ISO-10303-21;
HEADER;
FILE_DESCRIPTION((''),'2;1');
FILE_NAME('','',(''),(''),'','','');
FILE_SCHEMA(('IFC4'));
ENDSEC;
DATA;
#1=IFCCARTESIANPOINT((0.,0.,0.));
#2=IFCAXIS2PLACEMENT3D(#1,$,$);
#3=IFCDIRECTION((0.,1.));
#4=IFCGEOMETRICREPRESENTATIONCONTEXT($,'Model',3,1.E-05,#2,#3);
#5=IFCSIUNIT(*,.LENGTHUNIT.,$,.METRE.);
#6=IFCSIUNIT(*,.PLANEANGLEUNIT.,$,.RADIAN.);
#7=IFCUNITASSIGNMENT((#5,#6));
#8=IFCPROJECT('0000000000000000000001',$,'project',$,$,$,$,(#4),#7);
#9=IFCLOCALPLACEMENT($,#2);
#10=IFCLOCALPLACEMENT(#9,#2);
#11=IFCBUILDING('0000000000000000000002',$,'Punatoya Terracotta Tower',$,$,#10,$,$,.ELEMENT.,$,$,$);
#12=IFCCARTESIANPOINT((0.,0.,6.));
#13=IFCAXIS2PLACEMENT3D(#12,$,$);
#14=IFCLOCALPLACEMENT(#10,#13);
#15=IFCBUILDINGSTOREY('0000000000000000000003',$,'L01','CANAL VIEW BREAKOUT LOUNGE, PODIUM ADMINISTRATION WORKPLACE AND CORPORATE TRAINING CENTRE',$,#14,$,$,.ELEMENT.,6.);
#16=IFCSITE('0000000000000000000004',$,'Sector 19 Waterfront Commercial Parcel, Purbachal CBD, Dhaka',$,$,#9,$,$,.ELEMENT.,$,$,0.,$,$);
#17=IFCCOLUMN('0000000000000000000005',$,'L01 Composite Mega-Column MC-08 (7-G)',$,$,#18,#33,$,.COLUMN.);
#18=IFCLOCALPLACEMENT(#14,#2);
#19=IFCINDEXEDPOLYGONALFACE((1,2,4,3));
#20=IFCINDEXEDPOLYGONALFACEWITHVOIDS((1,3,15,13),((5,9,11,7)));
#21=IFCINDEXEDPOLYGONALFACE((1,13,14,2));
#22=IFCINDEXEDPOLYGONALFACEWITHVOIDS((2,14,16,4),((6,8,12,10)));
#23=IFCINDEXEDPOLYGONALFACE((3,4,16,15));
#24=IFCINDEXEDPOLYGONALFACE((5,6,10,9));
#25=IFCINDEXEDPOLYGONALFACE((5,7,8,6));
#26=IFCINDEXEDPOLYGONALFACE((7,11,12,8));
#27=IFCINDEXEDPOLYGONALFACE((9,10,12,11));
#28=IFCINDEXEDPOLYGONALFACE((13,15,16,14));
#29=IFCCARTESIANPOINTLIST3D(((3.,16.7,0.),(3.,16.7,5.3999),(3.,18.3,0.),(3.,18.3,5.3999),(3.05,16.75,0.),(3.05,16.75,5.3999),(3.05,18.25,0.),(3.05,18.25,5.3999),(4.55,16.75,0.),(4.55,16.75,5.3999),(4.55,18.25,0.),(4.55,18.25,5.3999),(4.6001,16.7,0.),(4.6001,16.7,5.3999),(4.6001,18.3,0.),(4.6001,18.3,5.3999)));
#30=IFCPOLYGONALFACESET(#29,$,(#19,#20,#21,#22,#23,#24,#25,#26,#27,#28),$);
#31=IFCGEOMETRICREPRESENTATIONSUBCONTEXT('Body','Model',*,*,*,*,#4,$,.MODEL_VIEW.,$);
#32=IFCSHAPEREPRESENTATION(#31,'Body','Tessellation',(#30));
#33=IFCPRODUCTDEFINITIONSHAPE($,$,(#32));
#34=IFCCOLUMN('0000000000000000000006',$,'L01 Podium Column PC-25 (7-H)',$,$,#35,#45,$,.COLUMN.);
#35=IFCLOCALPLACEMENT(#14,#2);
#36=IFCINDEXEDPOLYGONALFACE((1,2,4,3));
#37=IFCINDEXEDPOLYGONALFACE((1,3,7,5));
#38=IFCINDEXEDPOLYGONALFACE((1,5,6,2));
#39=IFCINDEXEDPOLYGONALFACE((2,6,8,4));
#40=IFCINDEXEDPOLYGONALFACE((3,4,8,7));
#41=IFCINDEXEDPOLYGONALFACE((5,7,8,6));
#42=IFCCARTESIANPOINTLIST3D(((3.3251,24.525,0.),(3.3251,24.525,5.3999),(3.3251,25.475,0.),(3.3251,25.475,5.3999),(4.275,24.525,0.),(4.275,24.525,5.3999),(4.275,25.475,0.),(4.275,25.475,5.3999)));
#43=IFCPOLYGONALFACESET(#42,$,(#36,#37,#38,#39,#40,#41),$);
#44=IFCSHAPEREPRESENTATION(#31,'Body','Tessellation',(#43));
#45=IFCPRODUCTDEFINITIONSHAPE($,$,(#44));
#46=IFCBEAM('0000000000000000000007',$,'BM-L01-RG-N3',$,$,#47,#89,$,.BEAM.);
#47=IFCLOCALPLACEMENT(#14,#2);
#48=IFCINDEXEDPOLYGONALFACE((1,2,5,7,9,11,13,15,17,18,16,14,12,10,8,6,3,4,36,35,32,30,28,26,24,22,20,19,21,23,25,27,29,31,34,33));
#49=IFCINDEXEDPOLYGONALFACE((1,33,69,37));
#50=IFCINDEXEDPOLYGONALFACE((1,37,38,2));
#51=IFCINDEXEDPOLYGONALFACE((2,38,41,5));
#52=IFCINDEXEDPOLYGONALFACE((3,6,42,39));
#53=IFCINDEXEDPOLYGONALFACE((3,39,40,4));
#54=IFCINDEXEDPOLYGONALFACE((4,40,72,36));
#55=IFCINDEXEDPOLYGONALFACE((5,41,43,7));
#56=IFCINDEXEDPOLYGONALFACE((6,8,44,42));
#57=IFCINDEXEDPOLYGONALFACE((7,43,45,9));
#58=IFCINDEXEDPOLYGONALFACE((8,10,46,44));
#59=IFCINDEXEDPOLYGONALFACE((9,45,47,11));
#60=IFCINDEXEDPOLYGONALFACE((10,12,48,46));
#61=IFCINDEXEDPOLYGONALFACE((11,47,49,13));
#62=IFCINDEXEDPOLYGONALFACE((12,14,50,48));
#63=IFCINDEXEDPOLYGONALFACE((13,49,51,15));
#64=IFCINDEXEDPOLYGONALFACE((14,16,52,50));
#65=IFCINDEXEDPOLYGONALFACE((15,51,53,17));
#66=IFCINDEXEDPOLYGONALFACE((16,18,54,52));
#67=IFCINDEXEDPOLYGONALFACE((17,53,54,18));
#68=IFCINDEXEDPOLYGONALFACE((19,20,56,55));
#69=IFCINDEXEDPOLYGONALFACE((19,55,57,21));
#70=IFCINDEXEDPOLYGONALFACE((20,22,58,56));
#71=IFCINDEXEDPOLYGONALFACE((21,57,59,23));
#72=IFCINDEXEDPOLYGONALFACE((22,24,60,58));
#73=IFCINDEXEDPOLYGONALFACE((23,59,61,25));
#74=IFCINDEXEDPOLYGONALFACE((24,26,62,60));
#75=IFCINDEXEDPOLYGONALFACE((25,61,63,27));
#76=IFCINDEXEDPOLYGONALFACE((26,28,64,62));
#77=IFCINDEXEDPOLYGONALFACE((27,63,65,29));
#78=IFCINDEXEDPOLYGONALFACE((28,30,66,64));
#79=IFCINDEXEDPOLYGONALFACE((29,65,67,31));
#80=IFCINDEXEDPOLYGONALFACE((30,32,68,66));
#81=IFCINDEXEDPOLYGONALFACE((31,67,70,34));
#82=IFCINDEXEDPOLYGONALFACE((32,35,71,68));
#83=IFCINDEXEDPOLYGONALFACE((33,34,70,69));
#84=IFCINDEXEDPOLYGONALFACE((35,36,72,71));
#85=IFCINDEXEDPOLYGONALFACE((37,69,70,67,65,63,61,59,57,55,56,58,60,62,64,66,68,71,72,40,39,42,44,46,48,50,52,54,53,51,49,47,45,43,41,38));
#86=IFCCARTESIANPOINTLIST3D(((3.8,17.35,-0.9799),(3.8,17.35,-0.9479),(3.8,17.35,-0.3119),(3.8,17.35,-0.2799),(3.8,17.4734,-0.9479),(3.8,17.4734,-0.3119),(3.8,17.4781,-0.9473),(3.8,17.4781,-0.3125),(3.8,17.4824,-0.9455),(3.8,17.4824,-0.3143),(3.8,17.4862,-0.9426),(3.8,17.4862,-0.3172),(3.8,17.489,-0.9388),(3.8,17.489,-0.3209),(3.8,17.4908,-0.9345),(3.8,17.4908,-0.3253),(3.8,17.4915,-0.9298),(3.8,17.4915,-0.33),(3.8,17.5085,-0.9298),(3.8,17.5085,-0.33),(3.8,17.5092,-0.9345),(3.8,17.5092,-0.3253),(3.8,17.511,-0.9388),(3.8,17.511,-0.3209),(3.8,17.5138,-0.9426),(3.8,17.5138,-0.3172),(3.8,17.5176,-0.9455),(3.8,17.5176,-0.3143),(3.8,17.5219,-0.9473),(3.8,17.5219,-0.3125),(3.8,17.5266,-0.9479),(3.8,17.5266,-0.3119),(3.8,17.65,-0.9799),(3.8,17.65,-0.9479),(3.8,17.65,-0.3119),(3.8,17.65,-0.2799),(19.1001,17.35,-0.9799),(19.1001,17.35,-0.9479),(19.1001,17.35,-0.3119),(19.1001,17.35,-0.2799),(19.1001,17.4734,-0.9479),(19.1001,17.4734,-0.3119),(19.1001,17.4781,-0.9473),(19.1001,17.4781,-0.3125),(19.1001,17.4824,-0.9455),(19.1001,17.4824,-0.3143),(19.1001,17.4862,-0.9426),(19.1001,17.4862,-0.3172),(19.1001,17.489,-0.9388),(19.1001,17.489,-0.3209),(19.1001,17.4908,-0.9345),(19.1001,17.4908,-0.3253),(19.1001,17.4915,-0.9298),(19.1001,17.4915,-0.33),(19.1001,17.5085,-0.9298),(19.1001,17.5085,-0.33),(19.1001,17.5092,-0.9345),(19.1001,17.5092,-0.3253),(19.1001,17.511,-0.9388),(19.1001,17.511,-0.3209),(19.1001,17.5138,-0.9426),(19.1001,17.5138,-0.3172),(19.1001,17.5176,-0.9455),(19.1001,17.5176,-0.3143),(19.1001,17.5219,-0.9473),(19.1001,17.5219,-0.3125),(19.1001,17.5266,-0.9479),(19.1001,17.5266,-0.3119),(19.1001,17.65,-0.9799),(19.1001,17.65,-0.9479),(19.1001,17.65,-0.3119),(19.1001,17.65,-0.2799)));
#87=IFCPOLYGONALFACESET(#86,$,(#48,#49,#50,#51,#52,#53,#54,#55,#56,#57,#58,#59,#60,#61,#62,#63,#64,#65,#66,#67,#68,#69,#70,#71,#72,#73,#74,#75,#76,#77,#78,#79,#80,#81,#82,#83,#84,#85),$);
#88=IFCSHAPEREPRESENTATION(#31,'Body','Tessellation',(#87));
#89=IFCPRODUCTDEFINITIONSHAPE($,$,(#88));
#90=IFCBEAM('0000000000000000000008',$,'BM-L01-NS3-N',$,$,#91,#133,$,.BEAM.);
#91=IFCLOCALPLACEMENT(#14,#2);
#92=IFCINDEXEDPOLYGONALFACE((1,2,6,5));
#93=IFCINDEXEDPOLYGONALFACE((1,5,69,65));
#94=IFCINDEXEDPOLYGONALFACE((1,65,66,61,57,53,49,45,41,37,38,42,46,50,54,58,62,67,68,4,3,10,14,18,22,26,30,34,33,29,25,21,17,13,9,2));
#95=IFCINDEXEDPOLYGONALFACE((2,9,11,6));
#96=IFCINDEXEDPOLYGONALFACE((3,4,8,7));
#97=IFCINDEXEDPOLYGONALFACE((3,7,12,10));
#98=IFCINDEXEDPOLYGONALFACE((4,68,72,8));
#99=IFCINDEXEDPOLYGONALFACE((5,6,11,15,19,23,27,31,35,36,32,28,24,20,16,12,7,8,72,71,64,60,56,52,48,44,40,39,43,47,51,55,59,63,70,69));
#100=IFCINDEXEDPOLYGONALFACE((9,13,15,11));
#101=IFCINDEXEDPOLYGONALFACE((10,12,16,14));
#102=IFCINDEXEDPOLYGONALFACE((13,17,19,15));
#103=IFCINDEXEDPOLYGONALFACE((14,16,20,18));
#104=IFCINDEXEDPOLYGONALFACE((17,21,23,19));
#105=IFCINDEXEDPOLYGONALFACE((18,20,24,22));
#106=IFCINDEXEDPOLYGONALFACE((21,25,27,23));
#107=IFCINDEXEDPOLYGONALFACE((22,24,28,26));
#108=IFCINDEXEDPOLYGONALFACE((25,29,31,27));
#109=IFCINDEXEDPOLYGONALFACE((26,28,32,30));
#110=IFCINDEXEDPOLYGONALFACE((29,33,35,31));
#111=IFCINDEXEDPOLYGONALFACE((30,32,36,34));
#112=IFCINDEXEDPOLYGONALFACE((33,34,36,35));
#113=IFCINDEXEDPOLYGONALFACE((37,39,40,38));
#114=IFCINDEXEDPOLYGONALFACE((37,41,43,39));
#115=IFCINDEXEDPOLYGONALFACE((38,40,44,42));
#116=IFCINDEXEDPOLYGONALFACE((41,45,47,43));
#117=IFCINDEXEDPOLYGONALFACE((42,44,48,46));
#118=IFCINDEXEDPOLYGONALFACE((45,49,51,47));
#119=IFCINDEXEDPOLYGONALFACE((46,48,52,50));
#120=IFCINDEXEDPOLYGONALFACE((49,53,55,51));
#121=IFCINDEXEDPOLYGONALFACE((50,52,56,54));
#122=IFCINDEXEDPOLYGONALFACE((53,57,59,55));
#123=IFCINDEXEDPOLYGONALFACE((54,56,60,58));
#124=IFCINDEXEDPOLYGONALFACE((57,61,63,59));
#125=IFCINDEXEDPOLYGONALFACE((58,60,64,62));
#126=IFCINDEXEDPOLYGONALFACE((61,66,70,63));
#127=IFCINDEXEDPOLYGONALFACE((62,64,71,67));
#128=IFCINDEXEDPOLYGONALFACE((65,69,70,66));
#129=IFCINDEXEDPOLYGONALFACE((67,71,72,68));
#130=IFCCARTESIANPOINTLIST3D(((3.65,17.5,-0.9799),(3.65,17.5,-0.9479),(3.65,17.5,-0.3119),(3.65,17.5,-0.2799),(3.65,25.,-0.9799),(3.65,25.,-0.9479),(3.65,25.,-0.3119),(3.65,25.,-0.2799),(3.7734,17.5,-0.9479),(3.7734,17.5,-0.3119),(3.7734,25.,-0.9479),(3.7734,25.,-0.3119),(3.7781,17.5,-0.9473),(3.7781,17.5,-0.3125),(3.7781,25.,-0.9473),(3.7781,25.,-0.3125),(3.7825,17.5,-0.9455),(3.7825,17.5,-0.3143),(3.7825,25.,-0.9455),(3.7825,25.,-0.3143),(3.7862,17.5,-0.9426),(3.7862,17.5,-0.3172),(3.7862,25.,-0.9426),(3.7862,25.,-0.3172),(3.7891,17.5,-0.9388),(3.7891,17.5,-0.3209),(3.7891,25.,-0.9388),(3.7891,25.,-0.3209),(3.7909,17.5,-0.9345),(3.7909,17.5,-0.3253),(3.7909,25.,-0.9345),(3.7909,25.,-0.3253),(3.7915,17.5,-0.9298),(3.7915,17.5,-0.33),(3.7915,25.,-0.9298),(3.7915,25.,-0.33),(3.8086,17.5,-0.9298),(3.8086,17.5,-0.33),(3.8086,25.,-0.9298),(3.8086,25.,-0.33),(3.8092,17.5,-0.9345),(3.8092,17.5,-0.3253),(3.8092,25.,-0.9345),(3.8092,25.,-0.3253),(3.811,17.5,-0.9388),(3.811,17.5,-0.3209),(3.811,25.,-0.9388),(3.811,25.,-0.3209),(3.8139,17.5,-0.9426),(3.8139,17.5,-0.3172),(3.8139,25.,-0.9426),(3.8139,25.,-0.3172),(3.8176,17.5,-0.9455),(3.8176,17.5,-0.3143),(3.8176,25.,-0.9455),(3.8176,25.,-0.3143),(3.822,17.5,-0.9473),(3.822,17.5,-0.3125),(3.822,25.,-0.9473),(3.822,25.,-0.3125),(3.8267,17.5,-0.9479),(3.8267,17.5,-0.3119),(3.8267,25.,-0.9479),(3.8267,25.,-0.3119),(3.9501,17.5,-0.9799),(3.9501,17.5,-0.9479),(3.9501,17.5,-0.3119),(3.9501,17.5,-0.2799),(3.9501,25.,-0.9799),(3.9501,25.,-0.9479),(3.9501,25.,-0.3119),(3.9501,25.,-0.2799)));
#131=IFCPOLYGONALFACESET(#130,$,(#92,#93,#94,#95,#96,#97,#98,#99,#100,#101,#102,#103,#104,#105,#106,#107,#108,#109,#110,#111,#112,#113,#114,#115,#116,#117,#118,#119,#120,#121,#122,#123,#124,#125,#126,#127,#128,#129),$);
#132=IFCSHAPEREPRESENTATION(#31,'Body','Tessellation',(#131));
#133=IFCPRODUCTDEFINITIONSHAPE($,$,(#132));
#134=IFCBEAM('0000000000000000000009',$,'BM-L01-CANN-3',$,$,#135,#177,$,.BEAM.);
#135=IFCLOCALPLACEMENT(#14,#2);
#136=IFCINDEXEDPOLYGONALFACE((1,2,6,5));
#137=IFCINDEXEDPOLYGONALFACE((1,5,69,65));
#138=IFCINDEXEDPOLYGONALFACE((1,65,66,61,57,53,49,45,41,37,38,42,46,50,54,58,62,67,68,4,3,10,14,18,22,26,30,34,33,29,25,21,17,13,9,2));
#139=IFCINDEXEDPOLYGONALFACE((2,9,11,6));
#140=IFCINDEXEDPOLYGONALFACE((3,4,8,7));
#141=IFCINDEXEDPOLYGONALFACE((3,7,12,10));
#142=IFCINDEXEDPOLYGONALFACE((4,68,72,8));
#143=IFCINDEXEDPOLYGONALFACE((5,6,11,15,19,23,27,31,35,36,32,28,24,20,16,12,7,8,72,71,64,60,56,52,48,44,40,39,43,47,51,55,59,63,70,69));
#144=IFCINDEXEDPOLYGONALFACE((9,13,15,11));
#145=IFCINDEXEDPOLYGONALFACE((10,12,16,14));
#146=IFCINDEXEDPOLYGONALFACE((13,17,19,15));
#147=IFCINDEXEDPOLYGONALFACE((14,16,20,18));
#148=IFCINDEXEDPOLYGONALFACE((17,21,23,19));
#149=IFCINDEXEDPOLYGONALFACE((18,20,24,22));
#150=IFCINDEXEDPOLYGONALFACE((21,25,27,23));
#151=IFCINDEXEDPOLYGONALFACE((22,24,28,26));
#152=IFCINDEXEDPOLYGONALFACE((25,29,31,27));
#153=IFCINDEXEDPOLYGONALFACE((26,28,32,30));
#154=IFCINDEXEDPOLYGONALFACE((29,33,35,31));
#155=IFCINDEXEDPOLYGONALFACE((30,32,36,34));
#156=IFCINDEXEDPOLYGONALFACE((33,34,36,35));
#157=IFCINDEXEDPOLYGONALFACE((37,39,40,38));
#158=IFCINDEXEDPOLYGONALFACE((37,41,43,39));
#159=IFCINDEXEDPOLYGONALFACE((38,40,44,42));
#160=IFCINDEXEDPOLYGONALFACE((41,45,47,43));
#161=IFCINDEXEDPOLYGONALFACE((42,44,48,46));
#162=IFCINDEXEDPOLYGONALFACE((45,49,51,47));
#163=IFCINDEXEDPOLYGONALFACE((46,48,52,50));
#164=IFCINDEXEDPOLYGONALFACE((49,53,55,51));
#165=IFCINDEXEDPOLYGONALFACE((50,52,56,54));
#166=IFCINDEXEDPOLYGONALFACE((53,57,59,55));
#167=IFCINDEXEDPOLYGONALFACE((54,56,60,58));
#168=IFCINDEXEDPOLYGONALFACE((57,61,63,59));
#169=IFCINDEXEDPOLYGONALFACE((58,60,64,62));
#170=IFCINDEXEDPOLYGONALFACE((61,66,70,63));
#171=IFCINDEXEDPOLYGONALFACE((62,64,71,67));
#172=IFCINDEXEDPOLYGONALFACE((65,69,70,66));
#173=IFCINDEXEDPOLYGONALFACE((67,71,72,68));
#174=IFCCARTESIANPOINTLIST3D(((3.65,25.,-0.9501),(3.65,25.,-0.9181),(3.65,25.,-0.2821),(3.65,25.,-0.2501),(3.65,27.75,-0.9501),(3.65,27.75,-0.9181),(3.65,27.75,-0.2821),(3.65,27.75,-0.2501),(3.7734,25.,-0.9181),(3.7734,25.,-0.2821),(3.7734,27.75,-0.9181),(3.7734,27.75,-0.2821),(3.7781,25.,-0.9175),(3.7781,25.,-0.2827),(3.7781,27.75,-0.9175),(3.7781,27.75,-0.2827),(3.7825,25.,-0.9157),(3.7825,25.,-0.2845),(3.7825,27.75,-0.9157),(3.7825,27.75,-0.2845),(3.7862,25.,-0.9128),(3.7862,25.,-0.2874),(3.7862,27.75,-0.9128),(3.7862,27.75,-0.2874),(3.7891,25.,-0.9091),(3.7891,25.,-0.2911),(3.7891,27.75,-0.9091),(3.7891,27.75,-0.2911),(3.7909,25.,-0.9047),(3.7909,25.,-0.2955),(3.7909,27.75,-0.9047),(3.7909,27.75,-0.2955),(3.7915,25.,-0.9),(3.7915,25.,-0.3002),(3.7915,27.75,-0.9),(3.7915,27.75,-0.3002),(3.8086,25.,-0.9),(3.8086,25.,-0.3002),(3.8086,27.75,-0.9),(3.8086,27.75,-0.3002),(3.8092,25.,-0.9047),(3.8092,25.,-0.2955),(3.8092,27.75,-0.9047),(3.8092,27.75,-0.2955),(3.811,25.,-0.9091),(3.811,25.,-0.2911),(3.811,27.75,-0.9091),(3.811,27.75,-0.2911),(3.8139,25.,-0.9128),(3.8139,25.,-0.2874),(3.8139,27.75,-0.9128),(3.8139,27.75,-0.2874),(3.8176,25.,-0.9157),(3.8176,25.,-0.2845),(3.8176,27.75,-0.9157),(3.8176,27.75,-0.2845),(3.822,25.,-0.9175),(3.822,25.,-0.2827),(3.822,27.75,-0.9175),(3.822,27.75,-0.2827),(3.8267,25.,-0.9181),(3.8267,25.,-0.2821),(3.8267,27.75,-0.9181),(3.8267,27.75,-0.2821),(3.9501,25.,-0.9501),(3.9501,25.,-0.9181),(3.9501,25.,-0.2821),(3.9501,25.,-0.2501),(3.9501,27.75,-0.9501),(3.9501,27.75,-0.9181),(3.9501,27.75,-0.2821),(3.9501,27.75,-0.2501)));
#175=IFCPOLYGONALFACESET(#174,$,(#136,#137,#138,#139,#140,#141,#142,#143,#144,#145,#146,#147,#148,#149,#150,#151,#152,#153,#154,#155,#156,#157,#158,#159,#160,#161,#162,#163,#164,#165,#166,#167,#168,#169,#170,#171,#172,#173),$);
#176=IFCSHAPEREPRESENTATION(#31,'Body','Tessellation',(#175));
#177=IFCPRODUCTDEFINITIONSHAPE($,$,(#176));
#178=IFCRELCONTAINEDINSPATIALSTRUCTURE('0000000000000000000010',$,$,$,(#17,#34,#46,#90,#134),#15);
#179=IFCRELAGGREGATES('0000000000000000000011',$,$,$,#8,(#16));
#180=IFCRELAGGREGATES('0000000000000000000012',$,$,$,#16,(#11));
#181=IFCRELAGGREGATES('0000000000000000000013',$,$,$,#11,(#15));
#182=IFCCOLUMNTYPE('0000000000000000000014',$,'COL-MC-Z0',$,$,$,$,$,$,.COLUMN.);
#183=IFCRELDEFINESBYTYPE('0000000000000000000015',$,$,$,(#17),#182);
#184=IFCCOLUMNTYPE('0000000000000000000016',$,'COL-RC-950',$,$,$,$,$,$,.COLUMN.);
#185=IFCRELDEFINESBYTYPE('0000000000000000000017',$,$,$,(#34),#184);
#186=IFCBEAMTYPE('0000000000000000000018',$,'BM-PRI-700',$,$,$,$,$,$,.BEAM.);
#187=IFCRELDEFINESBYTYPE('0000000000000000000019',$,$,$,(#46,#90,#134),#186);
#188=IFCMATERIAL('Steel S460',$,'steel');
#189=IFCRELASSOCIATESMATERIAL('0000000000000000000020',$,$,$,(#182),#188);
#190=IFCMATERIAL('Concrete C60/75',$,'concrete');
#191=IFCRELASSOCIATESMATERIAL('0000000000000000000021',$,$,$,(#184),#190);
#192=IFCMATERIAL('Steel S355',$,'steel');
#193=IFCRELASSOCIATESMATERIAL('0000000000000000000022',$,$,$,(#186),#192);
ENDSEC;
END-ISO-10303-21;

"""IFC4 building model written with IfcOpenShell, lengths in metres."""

from ifc_helpers import new_model, si_unit, direction, frame, origin, origin_2d, place, context, subcontext, project, spatial, rectangle, hollow_rectangle, i_section, extrude, material, material_profile, profile_set, type_object, element, save


model = new_model("IFC4")

# Units and contexts
model_context = context("Model", 3, precision=1e-05, world=origin(), true_north=direction((0.0, 1.0)))
body_context = subcontext(model_context, "Body", "Model", "MODEL_VIEW")
ifc_project = project(units=[si_unit("LENGTHUNIT", "METRE"), si_unit("PLANEANGLEUNIT", "RADIAN")], contexts=[model_context])

# Site, building, storey
site_placement = place(None, origin())
site = spatial("IfcSite", under=ifc_project, at=site_placement, Name="Sector 19 Waterfront Commercial Parcel, Purbachal CBD, Dhaka", CompositionType="ELEMENT", RefElevation=0.0)
building_placement = place(site_placement, origin())
building = spatial("IfcBuilding", under=site, at=building_placement, Name="Punatoya Terracotta Tower", CompositionType="ELEMENT")
storey_placement = place(building_placement, frame((0.0, 0.0, 6.0)))
storey = spatial("IfcBuildingStorey", under=building, at=storey_placement, Name="L01", Description="CANAL VIEW BREAKOUT LOUNGE, PODIUM ADMINISTRATION WORKPLACE AND CORPORATE TRAINING CENTRE", CompositionType="ELEMENT", Elevation=6.0)

# Columns
ifc_material_1 = material(Name="Steel S460", Category="steel")
ifc_material_profile_1 = material_profile(ifc_material_1, hollow_rectangle(XDim=1.6001, YDim=1.6001, WallThickness=0.05, at=origin_2d()))
ifc_profile_set_1 = profile_set([ifc_material_profile_1], Name="Steel S460")
column_type_1 = type_object("IfcColumnType", Name="COL-MC-Z0", PredefinedType="COLUMN", material=ifc_profile_set_1)
column_1_placement = place(storey_placement, frame((3.8, 17.5, 0.0), z_axis=(0.0, 0.0, 1.0), x_axis=(1.0, 0.0, 0.0)))
element("IfcColumn", 1, at=column_1_placement, inside=storey, type_object=column_type_1, Name="L01 Composite Mega-Column MC-08 (7-G)", PredefinedType="COLUMN", context=body_context, shape_type="SweptSolid", body=[
    extrude(hollow_rectangle(XDim=1.6001, YDim=1.6001, WallThickness=0.05, at=origin_2d()), origin(), (0.0, 0.0, 1.0), 5.3999),
])
ifc_material_2 = material(Name="Concrete C60/75", Category="concrete")
ifc_material_profile_2 = material_profile(ifc_material_2, rectangle(XDim=0.95, YDim=0.95, at=origin_2d()))
ifc_profile_set_2 = profile_set([ifc_material_profile_2], Name="Concrete C60/75")
column_type_2 = type_object("IfcColumnType", Name="COL-RC-950", PredefinedType="COLUMN", material=ifc_profile_set_2)
column_2_placement = place(storey_placement, frame((3.8, 25.0, 0.0), z_axis=(0.0, 0.0, 1.0), x_axis=(1.0, 0.0, 0.0)))
element("IfcColumn", 2, at=column_2_placement, inside=storey, type_object=column_type_2, Name="L01 Podium Column PC-25 (7-H)", PredefinedType="COLUMN", context=body_context, shape_type="SweptSolid", body=[
    extrude(rectangle(XDim=0.95, YDim=0.95, at=origin_2d()), origin(), (0.0, 0.0, 1.0), 5.3999),
])

# Beams
ifc_material_3 = material(Name="Steel S355", Category="steel")
ifc_material_profile_3 = material_profile(ifc_material_3, i_section(OverallWidth=0.3, OverallDepth=0.7, WebThickness=0.0171, FlangeThickness=0.032, FilletRadius=0.0181, at=origin_2d()))
ifc_profile_set_3 = profile_set([ifc_material_profile_3], Name="Steel S355")
beam_type_1 = type_object("IfcBeamType", Name="BM-PRI-700", PredefinedType="BEAM", material=ifc_profile_set_3)
beam_1_placement = place(storey_placement, frame((3.8, 17.5, -0.6299), z_axis=(1.0, 0.0, 0.0), x_axis=(0.0, 1.0, 0.0)))
element("IfcBeam", 3, at=beam_1_placement, inside=storey, type_object=beam_type_1, Name="BM-L01-RG-N3", PredefinedType="BEAM", context=body_context, shape_type="SweptSolid", body=[
    extrude(i_section(OverallWidth=0.3, OverallDepth=0.7, WebThickness=0.0171, FlangeThickness=0.032, FilletRadius=0.0181, at=origin_2d()), origin(), (0.0, 0.0, 1.0), 15.3),
])
beam_2_placement = place(storey_placement, frame((3.8, 17.5, -0.6299), z_axis=(0.0, 1.0, 0.0), x_axis=(-1.0, 0.0, 0.0)))
element("IfcBeam", 4, at=beam_2_placement, inside=storey, type_object=beam_type_1, Name="BM-L01-NS3-N", PredefinedType="BEAM", context=body_context, shape_type="SweptSolid", body=[
    extrude(i_section(OverallWidth=0.3, OverallDepth=0.7, WebThickness=0.0171, FlangeThickness=0.032, FilletRadius=0.0181, at=origin_2d()), origin(), (0.0, 0.0, 1.0), 7.5),
])
beam_3_placement = place(storey_placement, frame((3.8, 25.0, -0.6001), z_axis=(0.0, 1.0, 0.0), x_axis=(-1.0, 0.0, 0.0)))
element("IfcBeam", 5, at=beam_3_placement, inside=storey, type_object=beam_type_1, Name="BM-L01-CANN-3", PredefinedType="BEAM", context=body_context, shape_type="SweptSolid", body=[
    extrude(i_section(OverallWidth=0.3, OverallDepth=0.7, WebThickness=0.0171, FlangeThickness=0.032, FilletRadius=0.0181, at=origin_2d()), origin(), (0.0, 0.0, 1.0), 2.75),
])

save(model, "model.ifc")
